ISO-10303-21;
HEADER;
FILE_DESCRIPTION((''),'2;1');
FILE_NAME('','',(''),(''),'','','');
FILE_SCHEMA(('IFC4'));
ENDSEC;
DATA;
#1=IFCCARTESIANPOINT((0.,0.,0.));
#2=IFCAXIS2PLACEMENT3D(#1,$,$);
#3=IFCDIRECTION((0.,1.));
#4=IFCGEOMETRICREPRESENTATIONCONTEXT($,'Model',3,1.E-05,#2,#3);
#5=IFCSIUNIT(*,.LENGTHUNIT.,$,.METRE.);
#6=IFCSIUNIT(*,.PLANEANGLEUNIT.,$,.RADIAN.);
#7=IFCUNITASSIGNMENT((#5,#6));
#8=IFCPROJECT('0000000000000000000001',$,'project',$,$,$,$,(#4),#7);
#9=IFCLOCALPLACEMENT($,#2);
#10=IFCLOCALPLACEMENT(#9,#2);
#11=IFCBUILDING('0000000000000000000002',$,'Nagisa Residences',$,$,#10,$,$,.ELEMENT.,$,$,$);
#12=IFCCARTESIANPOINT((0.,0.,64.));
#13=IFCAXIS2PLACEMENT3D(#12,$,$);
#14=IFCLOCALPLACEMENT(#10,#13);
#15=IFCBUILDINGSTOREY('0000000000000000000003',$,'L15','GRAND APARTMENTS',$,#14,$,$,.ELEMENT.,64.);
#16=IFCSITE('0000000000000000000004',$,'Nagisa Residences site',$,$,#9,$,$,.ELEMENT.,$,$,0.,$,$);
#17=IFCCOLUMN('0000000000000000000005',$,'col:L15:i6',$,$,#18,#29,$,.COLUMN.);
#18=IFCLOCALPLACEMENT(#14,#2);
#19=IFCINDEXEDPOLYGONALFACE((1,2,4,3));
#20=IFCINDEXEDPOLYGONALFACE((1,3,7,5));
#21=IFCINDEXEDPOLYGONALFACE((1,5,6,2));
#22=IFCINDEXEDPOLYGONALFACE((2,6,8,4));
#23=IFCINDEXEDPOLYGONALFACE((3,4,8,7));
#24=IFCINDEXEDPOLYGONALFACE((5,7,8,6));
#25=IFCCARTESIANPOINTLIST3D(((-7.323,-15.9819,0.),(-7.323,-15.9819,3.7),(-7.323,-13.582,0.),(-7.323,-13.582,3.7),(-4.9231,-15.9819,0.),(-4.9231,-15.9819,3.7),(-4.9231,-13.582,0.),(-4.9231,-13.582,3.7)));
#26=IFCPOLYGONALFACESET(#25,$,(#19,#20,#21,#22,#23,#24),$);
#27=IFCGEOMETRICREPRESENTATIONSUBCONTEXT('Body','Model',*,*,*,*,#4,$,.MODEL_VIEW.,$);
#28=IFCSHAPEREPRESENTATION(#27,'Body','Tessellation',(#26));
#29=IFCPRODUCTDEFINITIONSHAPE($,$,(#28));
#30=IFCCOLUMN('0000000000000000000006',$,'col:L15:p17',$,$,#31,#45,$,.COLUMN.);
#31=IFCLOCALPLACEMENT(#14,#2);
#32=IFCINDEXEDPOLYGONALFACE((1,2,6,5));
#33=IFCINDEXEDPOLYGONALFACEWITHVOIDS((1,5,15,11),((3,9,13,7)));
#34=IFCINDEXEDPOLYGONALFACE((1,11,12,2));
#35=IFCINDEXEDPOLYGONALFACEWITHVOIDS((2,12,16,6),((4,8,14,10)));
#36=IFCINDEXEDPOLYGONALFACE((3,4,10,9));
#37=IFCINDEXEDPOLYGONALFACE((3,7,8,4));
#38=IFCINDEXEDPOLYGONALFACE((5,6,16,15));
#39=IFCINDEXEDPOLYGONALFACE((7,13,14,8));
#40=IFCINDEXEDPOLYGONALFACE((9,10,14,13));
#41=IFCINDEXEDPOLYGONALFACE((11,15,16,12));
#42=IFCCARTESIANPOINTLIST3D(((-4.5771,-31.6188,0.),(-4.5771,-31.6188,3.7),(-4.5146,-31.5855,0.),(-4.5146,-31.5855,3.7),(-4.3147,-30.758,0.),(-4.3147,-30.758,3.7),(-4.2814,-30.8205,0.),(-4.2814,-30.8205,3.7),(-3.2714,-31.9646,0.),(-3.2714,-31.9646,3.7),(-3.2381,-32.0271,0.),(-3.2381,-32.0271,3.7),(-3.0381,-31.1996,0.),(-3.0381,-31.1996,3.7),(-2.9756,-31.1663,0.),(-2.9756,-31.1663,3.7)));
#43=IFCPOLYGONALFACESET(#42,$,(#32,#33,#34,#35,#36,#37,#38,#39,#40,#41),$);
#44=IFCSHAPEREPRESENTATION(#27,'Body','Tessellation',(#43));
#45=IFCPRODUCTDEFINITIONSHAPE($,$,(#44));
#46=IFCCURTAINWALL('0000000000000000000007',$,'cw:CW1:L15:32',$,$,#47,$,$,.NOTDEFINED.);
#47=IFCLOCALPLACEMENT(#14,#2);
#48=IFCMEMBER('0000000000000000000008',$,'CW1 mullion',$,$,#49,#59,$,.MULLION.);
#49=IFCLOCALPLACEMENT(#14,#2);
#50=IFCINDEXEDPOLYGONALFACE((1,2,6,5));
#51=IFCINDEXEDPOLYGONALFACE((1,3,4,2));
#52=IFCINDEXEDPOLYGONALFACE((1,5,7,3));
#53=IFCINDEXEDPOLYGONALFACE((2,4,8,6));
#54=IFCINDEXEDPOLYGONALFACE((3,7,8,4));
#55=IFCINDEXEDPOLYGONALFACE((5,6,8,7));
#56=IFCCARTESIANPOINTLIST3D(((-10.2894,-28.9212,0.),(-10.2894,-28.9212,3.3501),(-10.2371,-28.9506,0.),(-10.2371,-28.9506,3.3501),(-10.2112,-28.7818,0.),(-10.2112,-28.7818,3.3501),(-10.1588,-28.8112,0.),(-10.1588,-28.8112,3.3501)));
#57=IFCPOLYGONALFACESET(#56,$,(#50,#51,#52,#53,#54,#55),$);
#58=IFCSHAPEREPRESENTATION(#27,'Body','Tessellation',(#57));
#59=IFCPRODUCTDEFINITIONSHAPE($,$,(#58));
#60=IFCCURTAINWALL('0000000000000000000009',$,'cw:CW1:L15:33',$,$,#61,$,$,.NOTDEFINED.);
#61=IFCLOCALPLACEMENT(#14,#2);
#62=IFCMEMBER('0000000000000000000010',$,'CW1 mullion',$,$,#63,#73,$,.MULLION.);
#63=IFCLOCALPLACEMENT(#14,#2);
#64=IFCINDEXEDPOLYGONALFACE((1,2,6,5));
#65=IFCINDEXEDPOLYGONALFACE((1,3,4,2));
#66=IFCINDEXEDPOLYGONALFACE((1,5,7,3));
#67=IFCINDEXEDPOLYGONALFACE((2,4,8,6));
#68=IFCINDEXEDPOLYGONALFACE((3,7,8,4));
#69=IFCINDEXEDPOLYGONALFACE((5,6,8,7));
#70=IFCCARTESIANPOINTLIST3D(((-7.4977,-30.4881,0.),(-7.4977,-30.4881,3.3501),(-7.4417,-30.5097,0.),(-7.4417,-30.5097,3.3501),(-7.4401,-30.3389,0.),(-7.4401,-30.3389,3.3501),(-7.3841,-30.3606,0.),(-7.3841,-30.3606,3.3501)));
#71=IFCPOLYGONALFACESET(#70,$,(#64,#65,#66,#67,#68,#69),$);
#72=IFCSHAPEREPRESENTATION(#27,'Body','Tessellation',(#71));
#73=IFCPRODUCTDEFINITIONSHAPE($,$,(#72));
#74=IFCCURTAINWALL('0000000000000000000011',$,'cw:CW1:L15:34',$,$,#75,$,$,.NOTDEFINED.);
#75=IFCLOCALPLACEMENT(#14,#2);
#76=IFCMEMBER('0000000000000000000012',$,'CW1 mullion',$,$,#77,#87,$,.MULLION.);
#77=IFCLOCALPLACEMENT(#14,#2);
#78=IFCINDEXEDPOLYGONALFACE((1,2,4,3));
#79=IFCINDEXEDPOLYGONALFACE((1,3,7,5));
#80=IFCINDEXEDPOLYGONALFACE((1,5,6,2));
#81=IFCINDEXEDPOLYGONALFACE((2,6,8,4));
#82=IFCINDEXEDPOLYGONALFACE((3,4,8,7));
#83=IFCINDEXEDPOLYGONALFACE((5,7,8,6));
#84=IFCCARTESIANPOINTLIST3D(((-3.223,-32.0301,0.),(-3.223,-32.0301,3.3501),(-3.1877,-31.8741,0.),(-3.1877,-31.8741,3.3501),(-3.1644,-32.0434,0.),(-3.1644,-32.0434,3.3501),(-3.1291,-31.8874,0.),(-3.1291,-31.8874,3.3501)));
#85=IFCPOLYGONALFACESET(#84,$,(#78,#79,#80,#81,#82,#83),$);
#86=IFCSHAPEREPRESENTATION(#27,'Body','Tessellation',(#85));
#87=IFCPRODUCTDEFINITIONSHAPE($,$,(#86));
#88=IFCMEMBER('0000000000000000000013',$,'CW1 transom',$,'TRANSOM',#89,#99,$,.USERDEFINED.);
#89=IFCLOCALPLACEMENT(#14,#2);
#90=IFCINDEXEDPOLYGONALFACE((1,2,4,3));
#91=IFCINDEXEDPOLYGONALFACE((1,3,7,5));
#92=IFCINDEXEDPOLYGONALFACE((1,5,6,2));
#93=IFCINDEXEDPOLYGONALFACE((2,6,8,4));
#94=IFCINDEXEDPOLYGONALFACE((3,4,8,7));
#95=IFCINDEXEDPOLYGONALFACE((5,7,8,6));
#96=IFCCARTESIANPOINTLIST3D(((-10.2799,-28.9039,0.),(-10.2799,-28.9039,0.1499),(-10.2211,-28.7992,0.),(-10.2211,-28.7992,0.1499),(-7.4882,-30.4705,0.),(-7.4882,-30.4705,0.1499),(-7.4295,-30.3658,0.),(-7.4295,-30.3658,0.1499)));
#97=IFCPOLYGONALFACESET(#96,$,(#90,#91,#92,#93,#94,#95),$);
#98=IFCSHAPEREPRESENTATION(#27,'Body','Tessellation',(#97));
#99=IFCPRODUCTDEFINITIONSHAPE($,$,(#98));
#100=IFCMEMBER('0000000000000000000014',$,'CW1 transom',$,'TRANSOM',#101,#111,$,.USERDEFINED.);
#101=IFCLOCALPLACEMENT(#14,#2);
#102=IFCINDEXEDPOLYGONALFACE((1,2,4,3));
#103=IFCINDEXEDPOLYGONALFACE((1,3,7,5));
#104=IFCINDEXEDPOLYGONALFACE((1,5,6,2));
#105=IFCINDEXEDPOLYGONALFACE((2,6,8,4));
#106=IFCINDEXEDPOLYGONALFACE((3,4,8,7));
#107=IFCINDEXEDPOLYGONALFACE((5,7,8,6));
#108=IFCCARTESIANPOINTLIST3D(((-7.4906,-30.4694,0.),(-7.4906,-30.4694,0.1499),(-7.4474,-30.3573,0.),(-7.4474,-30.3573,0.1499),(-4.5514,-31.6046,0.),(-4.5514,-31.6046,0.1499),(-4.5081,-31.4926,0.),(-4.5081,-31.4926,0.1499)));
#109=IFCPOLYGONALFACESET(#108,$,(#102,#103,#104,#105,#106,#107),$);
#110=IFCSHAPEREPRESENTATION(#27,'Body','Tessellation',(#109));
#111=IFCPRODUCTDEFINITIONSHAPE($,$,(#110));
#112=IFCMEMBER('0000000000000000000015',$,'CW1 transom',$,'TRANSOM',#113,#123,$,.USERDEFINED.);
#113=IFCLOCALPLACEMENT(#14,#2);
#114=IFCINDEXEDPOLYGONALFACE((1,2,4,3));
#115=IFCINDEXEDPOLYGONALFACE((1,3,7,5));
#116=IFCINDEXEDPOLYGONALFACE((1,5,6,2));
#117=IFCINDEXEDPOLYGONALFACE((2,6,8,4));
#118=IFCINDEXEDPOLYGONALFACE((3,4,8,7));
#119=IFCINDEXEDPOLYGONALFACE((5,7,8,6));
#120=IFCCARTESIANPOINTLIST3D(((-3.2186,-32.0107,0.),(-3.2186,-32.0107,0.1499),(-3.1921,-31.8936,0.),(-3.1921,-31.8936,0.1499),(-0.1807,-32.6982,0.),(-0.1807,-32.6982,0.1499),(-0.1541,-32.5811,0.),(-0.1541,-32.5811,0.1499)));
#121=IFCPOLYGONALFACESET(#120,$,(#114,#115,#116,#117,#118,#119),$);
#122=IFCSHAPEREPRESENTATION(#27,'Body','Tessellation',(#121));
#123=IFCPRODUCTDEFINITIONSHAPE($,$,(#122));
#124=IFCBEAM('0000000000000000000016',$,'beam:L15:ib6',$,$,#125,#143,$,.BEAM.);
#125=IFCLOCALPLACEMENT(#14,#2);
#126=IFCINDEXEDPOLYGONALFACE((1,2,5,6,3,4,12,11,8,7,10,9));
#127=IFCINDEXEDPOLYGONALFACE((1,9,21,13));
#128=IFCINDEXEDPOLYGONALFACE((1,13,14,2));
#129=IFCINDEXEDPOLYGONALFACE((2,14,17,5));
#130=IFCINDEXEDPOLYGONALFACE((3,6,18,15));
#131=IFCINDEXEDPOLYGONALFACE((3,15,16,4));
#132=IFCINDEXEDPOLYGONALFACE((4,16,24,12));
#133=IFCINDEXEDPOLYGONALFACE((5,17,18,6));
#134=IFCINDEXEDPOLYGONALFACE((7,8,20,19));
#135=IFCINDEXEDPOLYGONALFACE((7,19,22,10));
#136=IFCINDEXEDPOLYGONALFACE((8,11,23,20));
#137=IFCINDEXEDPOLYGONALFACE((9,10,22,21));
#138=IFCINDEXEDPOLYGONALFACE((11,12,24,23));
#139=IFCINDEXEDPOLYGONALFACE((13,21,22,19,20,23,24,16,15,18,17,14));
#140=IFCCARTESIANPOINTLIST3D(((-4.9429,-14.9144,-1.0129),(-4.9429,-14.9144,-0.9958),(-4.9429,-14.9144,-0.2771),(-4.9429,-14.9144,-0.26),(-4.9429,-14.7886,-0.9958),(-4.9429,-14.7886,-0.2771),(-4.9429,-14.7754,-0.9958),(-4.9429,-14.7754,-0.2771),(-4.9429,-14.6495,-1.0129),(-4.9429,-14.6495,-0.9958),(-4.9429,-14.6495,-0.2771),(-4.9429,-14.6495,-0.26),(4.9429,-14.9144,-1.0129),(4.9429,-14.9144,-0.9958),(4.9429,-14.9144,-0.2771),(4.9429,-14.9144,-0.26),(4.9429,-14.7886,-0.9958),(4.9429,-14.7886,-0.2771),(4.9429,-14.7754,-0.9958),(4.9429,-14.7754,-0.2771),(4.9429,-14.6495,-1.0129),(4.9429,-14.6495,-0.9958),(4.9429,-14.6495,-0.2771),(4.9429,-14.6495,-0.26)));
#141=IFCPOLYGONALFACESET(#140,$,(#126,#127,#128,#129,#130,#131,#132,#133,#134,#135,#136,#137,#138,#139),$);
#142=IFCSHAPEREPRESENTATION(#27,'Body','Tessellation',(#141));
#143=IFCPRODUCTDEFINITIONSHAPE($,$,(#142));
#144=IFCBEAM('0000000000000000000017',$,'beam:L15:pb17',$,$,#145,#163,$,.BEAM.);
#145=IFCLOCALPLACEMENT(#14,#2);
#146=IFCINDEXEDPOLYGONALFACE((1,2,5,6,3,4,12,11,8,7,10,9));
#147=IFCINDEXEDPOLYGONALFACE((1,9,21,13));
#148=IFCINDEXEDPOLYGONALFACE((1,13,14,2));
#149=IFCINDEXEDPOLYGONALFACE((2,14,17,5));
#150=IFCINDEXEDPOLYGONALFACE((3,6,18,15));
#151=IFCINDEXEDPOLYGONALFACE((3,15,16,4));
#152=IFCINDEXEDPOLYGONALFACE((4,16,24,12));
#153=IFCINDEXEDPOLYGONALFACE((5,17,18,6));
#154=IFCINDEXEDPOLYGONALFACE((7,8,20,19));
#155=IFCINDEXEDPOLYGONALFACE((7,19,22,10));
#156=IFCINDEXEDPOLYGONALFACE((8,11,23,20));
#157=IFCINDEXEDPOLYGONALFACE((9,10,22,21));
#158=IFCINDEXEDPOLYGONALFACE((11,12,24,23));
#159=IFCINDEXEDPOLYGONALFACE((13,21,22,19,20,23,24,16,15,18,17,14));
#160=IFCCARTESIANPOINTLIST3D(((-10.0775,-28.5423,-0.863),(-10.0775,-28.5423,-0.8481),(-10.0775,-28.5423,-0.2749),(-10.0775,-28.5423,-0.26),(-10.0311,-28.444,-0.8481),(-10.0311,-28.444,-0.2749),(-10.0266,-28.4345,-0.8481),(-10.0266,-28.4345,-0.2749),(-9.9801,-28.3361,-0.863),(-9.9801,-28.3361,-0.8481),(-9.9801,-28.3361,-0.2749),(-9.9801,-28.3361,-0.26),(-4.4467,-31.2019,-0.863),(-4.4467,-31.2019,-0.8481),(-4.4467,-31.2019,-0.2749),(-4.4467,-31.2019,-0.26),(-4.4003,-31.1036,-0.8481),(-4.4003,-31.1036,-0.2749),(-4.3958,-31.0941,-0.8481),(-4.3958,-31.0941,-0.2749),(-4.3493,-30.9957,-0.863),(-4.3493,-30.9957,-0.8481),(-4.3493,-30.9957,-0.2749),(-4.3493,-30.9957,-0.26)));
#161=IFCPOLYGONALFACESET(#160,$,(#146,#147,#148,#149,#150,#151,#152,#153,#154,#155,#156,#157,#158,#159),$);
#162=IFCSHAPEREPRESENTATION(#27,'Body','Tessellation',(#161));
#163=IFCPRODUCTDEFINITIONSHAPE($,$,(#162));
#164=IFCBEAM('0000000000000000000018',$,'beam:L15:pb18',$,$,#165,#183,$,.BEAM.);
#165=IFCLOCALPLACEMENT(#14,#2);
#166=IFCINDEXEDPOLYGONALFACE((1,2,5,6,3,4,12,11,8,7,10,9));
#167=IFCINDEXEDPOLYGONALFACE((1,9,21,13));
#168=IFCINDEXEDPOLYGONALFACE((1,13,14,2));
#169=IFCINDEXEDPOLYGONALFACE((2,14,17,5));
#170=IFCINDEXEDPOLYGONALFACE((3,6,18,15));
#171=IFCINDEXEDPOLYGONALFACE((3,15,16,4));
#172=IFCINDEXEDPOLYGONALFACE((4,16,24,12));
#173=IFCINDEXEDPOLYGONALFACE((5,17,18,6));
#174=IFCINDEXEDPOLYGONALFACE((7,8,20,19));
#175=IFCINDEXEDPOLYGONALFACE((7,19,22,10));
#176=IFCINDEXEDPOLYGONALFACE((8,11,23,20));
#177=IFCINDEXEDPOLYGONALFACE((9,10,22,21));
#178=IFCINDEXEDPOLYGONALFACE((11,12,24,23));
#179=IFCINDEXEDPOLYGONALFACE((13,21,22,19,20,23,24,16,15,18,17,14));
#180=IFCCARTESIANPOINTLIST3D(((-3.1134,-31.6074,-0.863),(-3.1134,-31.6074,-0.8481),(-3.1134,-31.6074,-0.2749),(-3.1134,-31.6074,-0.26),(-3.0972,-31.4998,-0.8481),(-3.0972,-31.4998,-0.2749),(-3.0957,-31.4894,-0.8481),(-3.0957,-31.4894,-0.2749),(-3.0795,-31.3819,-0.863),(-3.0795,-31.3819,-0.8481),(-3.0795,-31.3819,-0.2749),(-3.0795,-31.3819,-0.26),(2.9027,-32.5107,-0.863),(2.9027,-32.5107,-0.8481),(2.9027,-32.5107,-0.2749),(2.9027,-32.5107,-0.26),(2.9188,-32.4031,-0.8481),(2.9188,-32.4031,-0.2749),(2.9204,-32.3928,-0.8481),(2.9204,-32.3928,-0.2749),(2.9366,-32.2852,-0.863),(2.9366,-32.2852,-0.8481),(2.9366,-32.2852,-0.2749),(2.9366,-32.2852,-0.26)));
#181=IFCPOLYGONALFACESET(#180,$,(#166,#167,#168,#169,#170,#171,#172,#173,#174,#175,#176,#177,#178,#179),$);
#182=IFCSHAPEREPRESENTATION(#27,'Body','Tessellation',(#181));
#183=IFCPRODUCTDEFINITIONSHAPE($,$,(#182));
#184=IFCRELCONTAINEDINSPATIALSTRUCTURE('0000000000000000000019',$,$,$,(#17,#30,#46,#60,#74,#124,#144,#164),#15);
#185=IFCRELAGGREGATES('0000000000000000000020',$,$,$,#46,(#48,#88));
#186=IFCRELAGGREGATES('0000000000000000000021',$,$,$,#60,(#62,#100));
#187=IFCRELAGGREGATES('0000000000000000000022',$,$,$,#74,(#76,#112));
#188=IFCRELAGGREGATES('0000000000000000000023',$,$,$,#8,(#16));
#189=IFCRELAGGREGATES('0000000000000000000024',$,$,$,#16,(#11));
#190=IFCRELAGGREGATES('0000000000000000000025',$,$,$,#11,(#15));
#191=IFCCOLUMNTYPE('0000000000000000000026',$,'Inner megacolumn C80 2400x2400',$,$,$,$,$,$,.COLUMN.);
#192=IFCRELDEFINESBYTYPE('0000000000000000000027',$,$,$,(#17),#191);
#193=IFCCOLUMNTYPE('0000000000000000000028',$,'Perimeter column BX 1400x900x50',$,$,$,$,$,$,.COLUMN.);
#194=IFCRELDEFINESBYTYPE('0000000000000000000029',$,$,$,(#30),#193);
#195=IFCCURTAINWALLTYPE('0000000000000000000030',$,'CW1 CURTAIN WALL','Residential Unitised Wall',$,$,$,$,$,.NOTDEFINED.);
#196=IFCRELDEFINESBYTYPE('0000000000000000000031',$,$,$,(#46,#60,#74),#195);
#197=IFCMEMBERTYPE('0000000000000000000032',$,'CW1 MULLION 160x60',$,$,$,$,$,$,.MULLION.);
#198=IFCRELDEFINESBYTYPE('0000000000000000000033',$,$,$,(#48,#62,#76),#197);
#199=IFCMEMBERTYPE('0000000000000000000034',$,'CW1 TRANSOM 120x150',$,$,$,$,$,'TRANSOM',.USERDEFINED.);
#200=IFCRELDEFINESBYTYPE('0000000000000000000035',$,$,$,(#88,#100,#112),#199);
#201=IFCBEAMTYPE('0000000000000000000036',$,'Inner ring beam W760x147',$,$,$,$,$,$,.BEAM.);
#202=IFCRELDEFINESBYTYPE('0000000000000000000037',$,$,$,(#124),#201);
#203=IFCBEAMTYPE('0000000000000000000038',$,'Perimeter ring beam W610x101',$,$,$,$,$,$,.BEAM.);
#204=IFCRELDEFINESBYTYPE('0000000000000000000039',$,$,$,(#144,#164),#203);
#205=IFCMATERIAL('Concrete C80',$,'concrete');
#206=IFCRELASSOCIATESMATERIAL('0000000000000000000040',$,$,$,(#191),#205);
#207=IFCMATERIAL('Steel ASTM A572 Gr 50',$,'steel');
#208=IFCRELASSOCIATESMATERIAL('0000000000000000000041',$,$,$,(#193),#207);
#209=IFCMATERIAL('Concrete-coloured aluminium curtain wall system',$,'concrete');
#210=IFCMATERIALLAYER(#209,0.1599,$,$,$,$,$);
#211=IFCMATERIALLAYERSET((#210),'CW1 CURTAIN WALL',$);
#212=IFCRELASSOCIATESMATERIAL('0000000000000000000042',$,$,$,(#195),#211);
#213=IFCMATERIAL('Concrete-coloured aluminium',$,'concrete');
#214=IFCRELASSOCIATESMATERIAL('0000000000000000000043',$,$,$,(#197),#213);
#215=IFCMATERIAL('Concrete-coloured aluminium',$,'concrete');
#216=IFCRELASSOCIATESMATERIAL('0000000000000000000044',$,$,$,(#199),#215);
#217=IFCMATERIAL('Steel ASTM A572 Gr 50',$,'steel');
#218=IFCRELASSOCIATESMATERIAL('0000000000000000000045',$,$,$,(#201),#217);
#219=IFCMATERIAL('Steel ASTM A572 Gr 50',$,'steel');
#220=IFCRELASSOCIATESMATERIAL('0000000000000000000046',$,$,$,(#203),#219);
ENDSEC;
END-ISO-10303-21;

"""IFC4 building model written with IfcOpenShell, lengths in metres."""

from ifc_helpers import new_model, si_unit, direction, frame, origin, origin_2d, place, context, subcontext, project, spatial, rectangle, hollow_rectangle, i_section, extrude, material, layer, layer_set, material_profile, profile_set, type_object, element, aggregate, save


model = new_model("IFC4")

# Units and contexts
model_context = context("Model", 3, precision=1e-05, world=origin(), true_north=direction((0.0, 1.0)))
body_context = subcontext(model_context, "Body", "Model", "MODEL_VIEW")
ifc_project = project(units=[si_unit("LENGTHUNIT", "METRE"), si_unit("PLANEANGLEUNIT", "RADIAN")], contexts=[model_context])

# Site, building, storey
site_placement = place(None, origin())
site = spatial("IfcSite", under=ifc_project, at=site_placement, Name="Nagisa Residences site", CompositionType="ELEMENT", RefElevation=0.0)
building_placement = place(site_placement, origin())
building = spatial("IfcBuilding", under=site, at=building_placement, Name="Nagisa Residences", CompositionType="ELEMENT")
storey_placement = place(building_placement, frame((0.0, 0.0, 64.0)))
storey = spatial("IfcBuildingStorey", under=building, at=storey_placement, Name="L15", Description="GRAND APARTMENTS", CompositionType="ELEMENT", Elevation=64.0)

# Columns
ifc_material_1 = material(Name="Concrete C80", Category="concrete")
ifc_material_profile_1 = material_profile(ifc_material_1, rectangle(XDim=2.3999, YDim=2.3999, at=origin_2d()), Name="C80 2400x2400")
ifc_profile_set_1 = profile_set([ifc_material_profile_1], Name="Concrete C80")
column_type_1 = type_object("IfcColumnType", Name="Inner megacolumn C80 2400x2400", PredefinedType="COLUMN", material=ifc_profile_set_1)
column_1_placement = place(storey_placement, frame((-6.123, -14.782, 0.0), z_axis=(0.0, 0.0, 1.0), x_axis=(1.0, 0.0, 0.0)))
element("IfcColumn", 1, at=column_1_placement, inside=storey, type_object=column_type_1, Name="col:L15:i6", PredefinedType="COLUMN", context=body_context, shape_type="SweptSolid", body=[
    extrude(rectangle(XDim=2.3999, YDim=2.3999, at=origin_2d()), origin(), (0.0, 0.0, 1.0), 3.7),
])
ifc_material_2 = material(Name="Steel ASTM A572 Gr 50", Category="steel")
ifc_material_profile_2 = material_profile(ifc_material_2, hollow_rectangle(XDim=1.3999, YDim=0.8999, WallThickness=0.05, at=origin_2d()), Name="BX 1400x900x50")
ifc_profile_set_2 = profile_set([ifc_material_profile_2], Name="Steel ASTM A572 Gr 50")
column_type_2 = type_object("IfcColumnType", Name="Perimeter column BX 1400x900x50", PredefinedType="COLUMN", material=ifc_profile_set_2)
column_2_placement = place(storey_placement, frame((-3.7764, -31.3926, 0.0), z_axis=(0.0, 0.0, 1.0), x_axis=(0.956525, -0.291652, 0.0)))
element("IfcColumn", 2, at=column_2_placement, inside=storey, type_object=column_type_2, Name="col:L15:p17", PredefinedType="COLUMN", context=body_context, shape_type="SweptSolid", body=[
    extrude(hollow_rectangle(XDim=1.3999, YDim=0.8999, WallThickness=0.05, at=origin_2d()), origin(), (0.0, 0.0, 1.0), 3.7),
])

# Curtain walls, members
ifc_material_3 = material(Name="Concrete-coloured aluminium curtain wall system", Category="concrete")
ifc_layer_1 = layer(ifc_material_3, 0.1599)
ifc_layer_set_1 = layer_set([ifc_layer_1], Name="CW1 CURTAIN WALL")
curtain_wall_type = type_object("IfcCurtainWallType", Name="CW1 CURTAIN WALL", Description="Residential Unitised Wall", PredefinedType="NOTDEFINED", material=ifc_layer_set_1)
curtain_wall_1_placement = place(storey_placement, origin())
curtain_wall_1 = element("IfcCurtainWall", 3, at=curtain_wall_1_placement, inside=storey, type_object=curtain_wall_type, Name="cw:CW1:L15:32", PredefinedType="NOTDEFINED")
ifc_material_4 = material(Name="Concrete-coloured aluminium", Category="concrete")
ifc_material_profile_3 = material_profile(ifc_material_4, rectangle(XDim=0.1599, YDim=0.0601, at=origin_2d()), Name="CW1 MULLION 160x60")
ifc_profile_set_3 = profile_set([ifc_material_profile_3], Name="Concrete-coloured aluminium")
member_type_1 = type_object("IfcMemberType", Name="CW1 MULLION 160x60", PredefinedType="MULLION", material=ifc_profile_set_3)
member_1_placement = place(storey_placement, frame((-10.2241, -28.8662, 0.0), z_axis=(0.0, 0.0, 1.0), x_axis=(0.489377, 0.872072, 0.0)))
member_1 = element("IfcMember", 4, at=member_1_placement, type_object=member_type_1, Name="CW1 mullion", PredefinedType="MULLION", context=body_context, shape_type="SweptSolid", body=[
    extrude(rectangle(XDim=0.1599, YDim=0.0601, at=origin_2d()), origin(), (0.0, 0.0, 1.0), 3.3501),
])
curtain_wall_2_placement = place(storey_placement, origin())
curtain_wall_2 = element("IfcCurtainWall", 5, at=curtain_wall_2_placement, inside=storey, type_object=curtain_wall_type, Name="cw:CW1:L15:33", PredefinedType="NOTDEFINED")
member_2_placement = place(storey_placement, frame((-7.4409, -30.4243, 0.0), z_axis=(0.0, 0.0, 1.0), x_axis=(0.360328, 0.932826, 0.0)))
member_2 = element("IfcMember", 6, at=member_2_placement, type_object=member_type_1, Name="CW1 mullion", PredefinedType="MULLION", context=body_context, shape_type="SweptSolid", body=[
    extrude(rectangle(XDim=0.1599, YDim=0.0601, at=origin_2d()), origin(), (0.0, 0.0, 1.0), 3.3501),
])
curtain_wall_3_placement = place(storey_placement, origin())
curtain_wall_3 = element("IfcCurtainWall", 7, at=curtain_wall_3_placement, inside=storey, type_object=curtain_wall_type, Name="cw:CW1:L15:34", PredefinedType="NOTDEFINED")
member_3_placement = place(storey_placement, frame((-3.176, -31.9587, 0.0), z_axis=(0.0, 0.0, 1.0), x_axis=(0.220764, 0.975327, 0.0)))
member_3 = element("IfcMember", 8, at=member_3_placement, type_object=member_type_1, Name="CW1 mullion", PredefinedType="MULLION", context=body_context, shape_type="SweptSolid", body=[
    extrude(rectangle(XDim=0.1599, YDim=0.0601, at=origin_2d()), origin(), (0.0, 0.0, 1.0), 3.3501),
])

# Members
ifc_material_5 = material(Name="Concrete-coloured aluminium", Category="concrete")
ifc_material_profile_4 = material_profile(ifc_material_5, rectangle(XDim=0.1201, YDim=0.1499, at=origin_2d()), Name="CW1 TRANSOM 120x150")
ifc_profile_set_4 = profile_set([ifc_material_profile_4], Name="Concrete-coloured aluminium")
member_type_2 = type_object("IfcMemberType", Name="CW1 TRANSOM 120x150", ElementType="TRANSOM", PredefinedType="USERDEFINED", material=ifc_profile_set_4)
member_4_placement = place(storey_placement, frame((-10.2505, -28.8516, 0.075), z_axis=(0.87207, -0.489381, 0.0), x_axis=(0.489381, 0.87207, 0.0)))
member_4 = element("IfcMember", 9, at=member_4_placement, type_object=member_type_2, Name="CW1 transom", ObjectType="TRANSOM", PredefinedType="USERDEFINED", context=body_context, shape_type="SweptSolid", body=[
    extrude(rectangle(XDim=0.1201, YDim=0.1499, at=origin_2d()), origin(), (0.0, 0.0, 1.0), 3.2012),
])
member_5_placement = place(storey_placement, frame((-7.469, -30.4133, 0.075), z_axis=(0.932835, -0.360303, 0.0), x_axis=(0.360303, 0.932835, 0.0)))
member_5 = element("IfcMember", 10, at=member_5_placement, type_object=member_type_2, Name="CW1 transom", ObjectType="TRANSOM", PredefinedType="USERDEFINED", context=body_context, shape_type="SweptSolid", body=[
    extrude(rectangle(XDim=0.1201, YDim=0.1499, at=origin_2d()), origin(), (0.0, 0.0, 1.0), 3.1509),
])
member_6_placement = place(storey_placement, frame((-3.2053, -31.9521, 0.075), z_axis=(0.975335, -0.22073, 0.0), x_axis=(0.22073, 0.975335, 0.0)))
member_6 = element("IfcMember", 11, at=member_6_placement, type_object=member_type_2, Name="CW1 transom", ObjectType="TRANSOM", PredefinedType="USERDEFINED", context=body_context, shape_type="SweptSolid", body=[
    extrude(rectangle(XDim=0.1201, YDim=0.1499, at=origin_2d()), origin(), (0.0, 0.0, 1.0), 3.1147),
])

# Beams
ifc_material_6 = material(Name="Steel ASTM A572 Gr 50", Category="steel")
ifc_material_profile_5 = material_profile(ifc_material_6, i_section(OverallWidth=0.2649, OverallDepth=0.7529, WebThickness=0.0132, FlangeThickness=0.0171, at=origin_2d()), Name="W760x147")
ifc_profile_set_5 = profile_set([ifc_material_profile_5], Name="Steel ASTM A572 Gr 50")
beam_type_1 = type_object("IfcBeamType", Name="Inner ring beam W760x147", PredefinedType="BEAM", material=ifc_profile_set_5)
beam_1_placement = place(storey_placement, frame((-4.9429, -14.782, -0.6365), z_axis=(1.0, 0.0, 0.0), x_axis=(0.0, 1.0, 0.0)))
element("IfcBeam", 12, at=beam_1_placement, inside=storey, type_object=beam_type_1, Name="beam:L15:ib6", PredefinedType="BEAM", context=body_context, shape_type="SweptSolid", body=[
    extrude(i_section(OverallWidth=0.2649, OverallDepth=0.7529, WebThickness=0.0132, FlangeThickness=0.0171, at=origin_2d()), origin(), (0.0, 0.0, 1.0), 9.8857),
])
ifc_material_7 = material(Name="Steel ASTM A572 Gr 50", Category="steel")
ifc_material_profile_6 = material_profile(ifc_material_7, i_section(OverallWidth=0.228, OverallDepth=0.603, WebThickness=0.0105, FlangeThickness=0.0149, at=origin_2d()), Name="W610x101")
ifc_profile_set_6 = profile_set([ifc_material_profile_6], Name="Steel ASTM A572 Gr 50")
beam_type_2 = type_object("IfcBeamType", Name="Perimeter ring beam W610x101", PredefinedType="BEAM", material=ifc_profile_set_6)
beam_2_placement = place(storey_placement, frame((-10.0288, -28.4392, -0.5615), z_axis=(0.904208, -0.427092, 0.0), x_axis=(0.427092, 0.904208, 0.0)))
element("IfcBeam", 13, at=beam_2_placement, inside=storey, type_object=beam_type_2, Name="beam:L15:pb17", PredefinedType="BEAM", context=body_context, shape_type="SweptSolid", body=[
    extrude(i_section(OverallWidth=0.228, OverallDepth=0.603, WebThickness=0.0105, FlangeThickness=0.0149, at=origin_2d()), origin(), (0.0, 0.0, 1.0), 6.2273),
])
beam_3_placement = place(storey_placement, frame((-3.0964, -31.4946, -0.5615), z_axis=(0.988915, -0.148486, 0.0), x_axis=(0.148486, 0.988915, 0.0)))
element("IfcBeam", 14, at=beam_3_placement, inside=storey, type_object=beam_type_2, Name="beam:L15:pb18", PredefinedType="BEAM", context=body_context, shape_type="SweptSolid", body=[
    extrude(i_section(OverallWidth=0.228, OverallDepth=0.603, WebThickness=0.0105, FlangeThickness=0.0149, at=origin_2d()), origin(), (0.0, 0.0, 1.0), 6.0835),
])

aggregate(curtain_wall_1, [member_1, member_4])
aggregate(curtain_wall_2, [member_2, member_5])
aggregate(curtain_wall_3, [member_3, member_6])

save(model, "model.ifc")
